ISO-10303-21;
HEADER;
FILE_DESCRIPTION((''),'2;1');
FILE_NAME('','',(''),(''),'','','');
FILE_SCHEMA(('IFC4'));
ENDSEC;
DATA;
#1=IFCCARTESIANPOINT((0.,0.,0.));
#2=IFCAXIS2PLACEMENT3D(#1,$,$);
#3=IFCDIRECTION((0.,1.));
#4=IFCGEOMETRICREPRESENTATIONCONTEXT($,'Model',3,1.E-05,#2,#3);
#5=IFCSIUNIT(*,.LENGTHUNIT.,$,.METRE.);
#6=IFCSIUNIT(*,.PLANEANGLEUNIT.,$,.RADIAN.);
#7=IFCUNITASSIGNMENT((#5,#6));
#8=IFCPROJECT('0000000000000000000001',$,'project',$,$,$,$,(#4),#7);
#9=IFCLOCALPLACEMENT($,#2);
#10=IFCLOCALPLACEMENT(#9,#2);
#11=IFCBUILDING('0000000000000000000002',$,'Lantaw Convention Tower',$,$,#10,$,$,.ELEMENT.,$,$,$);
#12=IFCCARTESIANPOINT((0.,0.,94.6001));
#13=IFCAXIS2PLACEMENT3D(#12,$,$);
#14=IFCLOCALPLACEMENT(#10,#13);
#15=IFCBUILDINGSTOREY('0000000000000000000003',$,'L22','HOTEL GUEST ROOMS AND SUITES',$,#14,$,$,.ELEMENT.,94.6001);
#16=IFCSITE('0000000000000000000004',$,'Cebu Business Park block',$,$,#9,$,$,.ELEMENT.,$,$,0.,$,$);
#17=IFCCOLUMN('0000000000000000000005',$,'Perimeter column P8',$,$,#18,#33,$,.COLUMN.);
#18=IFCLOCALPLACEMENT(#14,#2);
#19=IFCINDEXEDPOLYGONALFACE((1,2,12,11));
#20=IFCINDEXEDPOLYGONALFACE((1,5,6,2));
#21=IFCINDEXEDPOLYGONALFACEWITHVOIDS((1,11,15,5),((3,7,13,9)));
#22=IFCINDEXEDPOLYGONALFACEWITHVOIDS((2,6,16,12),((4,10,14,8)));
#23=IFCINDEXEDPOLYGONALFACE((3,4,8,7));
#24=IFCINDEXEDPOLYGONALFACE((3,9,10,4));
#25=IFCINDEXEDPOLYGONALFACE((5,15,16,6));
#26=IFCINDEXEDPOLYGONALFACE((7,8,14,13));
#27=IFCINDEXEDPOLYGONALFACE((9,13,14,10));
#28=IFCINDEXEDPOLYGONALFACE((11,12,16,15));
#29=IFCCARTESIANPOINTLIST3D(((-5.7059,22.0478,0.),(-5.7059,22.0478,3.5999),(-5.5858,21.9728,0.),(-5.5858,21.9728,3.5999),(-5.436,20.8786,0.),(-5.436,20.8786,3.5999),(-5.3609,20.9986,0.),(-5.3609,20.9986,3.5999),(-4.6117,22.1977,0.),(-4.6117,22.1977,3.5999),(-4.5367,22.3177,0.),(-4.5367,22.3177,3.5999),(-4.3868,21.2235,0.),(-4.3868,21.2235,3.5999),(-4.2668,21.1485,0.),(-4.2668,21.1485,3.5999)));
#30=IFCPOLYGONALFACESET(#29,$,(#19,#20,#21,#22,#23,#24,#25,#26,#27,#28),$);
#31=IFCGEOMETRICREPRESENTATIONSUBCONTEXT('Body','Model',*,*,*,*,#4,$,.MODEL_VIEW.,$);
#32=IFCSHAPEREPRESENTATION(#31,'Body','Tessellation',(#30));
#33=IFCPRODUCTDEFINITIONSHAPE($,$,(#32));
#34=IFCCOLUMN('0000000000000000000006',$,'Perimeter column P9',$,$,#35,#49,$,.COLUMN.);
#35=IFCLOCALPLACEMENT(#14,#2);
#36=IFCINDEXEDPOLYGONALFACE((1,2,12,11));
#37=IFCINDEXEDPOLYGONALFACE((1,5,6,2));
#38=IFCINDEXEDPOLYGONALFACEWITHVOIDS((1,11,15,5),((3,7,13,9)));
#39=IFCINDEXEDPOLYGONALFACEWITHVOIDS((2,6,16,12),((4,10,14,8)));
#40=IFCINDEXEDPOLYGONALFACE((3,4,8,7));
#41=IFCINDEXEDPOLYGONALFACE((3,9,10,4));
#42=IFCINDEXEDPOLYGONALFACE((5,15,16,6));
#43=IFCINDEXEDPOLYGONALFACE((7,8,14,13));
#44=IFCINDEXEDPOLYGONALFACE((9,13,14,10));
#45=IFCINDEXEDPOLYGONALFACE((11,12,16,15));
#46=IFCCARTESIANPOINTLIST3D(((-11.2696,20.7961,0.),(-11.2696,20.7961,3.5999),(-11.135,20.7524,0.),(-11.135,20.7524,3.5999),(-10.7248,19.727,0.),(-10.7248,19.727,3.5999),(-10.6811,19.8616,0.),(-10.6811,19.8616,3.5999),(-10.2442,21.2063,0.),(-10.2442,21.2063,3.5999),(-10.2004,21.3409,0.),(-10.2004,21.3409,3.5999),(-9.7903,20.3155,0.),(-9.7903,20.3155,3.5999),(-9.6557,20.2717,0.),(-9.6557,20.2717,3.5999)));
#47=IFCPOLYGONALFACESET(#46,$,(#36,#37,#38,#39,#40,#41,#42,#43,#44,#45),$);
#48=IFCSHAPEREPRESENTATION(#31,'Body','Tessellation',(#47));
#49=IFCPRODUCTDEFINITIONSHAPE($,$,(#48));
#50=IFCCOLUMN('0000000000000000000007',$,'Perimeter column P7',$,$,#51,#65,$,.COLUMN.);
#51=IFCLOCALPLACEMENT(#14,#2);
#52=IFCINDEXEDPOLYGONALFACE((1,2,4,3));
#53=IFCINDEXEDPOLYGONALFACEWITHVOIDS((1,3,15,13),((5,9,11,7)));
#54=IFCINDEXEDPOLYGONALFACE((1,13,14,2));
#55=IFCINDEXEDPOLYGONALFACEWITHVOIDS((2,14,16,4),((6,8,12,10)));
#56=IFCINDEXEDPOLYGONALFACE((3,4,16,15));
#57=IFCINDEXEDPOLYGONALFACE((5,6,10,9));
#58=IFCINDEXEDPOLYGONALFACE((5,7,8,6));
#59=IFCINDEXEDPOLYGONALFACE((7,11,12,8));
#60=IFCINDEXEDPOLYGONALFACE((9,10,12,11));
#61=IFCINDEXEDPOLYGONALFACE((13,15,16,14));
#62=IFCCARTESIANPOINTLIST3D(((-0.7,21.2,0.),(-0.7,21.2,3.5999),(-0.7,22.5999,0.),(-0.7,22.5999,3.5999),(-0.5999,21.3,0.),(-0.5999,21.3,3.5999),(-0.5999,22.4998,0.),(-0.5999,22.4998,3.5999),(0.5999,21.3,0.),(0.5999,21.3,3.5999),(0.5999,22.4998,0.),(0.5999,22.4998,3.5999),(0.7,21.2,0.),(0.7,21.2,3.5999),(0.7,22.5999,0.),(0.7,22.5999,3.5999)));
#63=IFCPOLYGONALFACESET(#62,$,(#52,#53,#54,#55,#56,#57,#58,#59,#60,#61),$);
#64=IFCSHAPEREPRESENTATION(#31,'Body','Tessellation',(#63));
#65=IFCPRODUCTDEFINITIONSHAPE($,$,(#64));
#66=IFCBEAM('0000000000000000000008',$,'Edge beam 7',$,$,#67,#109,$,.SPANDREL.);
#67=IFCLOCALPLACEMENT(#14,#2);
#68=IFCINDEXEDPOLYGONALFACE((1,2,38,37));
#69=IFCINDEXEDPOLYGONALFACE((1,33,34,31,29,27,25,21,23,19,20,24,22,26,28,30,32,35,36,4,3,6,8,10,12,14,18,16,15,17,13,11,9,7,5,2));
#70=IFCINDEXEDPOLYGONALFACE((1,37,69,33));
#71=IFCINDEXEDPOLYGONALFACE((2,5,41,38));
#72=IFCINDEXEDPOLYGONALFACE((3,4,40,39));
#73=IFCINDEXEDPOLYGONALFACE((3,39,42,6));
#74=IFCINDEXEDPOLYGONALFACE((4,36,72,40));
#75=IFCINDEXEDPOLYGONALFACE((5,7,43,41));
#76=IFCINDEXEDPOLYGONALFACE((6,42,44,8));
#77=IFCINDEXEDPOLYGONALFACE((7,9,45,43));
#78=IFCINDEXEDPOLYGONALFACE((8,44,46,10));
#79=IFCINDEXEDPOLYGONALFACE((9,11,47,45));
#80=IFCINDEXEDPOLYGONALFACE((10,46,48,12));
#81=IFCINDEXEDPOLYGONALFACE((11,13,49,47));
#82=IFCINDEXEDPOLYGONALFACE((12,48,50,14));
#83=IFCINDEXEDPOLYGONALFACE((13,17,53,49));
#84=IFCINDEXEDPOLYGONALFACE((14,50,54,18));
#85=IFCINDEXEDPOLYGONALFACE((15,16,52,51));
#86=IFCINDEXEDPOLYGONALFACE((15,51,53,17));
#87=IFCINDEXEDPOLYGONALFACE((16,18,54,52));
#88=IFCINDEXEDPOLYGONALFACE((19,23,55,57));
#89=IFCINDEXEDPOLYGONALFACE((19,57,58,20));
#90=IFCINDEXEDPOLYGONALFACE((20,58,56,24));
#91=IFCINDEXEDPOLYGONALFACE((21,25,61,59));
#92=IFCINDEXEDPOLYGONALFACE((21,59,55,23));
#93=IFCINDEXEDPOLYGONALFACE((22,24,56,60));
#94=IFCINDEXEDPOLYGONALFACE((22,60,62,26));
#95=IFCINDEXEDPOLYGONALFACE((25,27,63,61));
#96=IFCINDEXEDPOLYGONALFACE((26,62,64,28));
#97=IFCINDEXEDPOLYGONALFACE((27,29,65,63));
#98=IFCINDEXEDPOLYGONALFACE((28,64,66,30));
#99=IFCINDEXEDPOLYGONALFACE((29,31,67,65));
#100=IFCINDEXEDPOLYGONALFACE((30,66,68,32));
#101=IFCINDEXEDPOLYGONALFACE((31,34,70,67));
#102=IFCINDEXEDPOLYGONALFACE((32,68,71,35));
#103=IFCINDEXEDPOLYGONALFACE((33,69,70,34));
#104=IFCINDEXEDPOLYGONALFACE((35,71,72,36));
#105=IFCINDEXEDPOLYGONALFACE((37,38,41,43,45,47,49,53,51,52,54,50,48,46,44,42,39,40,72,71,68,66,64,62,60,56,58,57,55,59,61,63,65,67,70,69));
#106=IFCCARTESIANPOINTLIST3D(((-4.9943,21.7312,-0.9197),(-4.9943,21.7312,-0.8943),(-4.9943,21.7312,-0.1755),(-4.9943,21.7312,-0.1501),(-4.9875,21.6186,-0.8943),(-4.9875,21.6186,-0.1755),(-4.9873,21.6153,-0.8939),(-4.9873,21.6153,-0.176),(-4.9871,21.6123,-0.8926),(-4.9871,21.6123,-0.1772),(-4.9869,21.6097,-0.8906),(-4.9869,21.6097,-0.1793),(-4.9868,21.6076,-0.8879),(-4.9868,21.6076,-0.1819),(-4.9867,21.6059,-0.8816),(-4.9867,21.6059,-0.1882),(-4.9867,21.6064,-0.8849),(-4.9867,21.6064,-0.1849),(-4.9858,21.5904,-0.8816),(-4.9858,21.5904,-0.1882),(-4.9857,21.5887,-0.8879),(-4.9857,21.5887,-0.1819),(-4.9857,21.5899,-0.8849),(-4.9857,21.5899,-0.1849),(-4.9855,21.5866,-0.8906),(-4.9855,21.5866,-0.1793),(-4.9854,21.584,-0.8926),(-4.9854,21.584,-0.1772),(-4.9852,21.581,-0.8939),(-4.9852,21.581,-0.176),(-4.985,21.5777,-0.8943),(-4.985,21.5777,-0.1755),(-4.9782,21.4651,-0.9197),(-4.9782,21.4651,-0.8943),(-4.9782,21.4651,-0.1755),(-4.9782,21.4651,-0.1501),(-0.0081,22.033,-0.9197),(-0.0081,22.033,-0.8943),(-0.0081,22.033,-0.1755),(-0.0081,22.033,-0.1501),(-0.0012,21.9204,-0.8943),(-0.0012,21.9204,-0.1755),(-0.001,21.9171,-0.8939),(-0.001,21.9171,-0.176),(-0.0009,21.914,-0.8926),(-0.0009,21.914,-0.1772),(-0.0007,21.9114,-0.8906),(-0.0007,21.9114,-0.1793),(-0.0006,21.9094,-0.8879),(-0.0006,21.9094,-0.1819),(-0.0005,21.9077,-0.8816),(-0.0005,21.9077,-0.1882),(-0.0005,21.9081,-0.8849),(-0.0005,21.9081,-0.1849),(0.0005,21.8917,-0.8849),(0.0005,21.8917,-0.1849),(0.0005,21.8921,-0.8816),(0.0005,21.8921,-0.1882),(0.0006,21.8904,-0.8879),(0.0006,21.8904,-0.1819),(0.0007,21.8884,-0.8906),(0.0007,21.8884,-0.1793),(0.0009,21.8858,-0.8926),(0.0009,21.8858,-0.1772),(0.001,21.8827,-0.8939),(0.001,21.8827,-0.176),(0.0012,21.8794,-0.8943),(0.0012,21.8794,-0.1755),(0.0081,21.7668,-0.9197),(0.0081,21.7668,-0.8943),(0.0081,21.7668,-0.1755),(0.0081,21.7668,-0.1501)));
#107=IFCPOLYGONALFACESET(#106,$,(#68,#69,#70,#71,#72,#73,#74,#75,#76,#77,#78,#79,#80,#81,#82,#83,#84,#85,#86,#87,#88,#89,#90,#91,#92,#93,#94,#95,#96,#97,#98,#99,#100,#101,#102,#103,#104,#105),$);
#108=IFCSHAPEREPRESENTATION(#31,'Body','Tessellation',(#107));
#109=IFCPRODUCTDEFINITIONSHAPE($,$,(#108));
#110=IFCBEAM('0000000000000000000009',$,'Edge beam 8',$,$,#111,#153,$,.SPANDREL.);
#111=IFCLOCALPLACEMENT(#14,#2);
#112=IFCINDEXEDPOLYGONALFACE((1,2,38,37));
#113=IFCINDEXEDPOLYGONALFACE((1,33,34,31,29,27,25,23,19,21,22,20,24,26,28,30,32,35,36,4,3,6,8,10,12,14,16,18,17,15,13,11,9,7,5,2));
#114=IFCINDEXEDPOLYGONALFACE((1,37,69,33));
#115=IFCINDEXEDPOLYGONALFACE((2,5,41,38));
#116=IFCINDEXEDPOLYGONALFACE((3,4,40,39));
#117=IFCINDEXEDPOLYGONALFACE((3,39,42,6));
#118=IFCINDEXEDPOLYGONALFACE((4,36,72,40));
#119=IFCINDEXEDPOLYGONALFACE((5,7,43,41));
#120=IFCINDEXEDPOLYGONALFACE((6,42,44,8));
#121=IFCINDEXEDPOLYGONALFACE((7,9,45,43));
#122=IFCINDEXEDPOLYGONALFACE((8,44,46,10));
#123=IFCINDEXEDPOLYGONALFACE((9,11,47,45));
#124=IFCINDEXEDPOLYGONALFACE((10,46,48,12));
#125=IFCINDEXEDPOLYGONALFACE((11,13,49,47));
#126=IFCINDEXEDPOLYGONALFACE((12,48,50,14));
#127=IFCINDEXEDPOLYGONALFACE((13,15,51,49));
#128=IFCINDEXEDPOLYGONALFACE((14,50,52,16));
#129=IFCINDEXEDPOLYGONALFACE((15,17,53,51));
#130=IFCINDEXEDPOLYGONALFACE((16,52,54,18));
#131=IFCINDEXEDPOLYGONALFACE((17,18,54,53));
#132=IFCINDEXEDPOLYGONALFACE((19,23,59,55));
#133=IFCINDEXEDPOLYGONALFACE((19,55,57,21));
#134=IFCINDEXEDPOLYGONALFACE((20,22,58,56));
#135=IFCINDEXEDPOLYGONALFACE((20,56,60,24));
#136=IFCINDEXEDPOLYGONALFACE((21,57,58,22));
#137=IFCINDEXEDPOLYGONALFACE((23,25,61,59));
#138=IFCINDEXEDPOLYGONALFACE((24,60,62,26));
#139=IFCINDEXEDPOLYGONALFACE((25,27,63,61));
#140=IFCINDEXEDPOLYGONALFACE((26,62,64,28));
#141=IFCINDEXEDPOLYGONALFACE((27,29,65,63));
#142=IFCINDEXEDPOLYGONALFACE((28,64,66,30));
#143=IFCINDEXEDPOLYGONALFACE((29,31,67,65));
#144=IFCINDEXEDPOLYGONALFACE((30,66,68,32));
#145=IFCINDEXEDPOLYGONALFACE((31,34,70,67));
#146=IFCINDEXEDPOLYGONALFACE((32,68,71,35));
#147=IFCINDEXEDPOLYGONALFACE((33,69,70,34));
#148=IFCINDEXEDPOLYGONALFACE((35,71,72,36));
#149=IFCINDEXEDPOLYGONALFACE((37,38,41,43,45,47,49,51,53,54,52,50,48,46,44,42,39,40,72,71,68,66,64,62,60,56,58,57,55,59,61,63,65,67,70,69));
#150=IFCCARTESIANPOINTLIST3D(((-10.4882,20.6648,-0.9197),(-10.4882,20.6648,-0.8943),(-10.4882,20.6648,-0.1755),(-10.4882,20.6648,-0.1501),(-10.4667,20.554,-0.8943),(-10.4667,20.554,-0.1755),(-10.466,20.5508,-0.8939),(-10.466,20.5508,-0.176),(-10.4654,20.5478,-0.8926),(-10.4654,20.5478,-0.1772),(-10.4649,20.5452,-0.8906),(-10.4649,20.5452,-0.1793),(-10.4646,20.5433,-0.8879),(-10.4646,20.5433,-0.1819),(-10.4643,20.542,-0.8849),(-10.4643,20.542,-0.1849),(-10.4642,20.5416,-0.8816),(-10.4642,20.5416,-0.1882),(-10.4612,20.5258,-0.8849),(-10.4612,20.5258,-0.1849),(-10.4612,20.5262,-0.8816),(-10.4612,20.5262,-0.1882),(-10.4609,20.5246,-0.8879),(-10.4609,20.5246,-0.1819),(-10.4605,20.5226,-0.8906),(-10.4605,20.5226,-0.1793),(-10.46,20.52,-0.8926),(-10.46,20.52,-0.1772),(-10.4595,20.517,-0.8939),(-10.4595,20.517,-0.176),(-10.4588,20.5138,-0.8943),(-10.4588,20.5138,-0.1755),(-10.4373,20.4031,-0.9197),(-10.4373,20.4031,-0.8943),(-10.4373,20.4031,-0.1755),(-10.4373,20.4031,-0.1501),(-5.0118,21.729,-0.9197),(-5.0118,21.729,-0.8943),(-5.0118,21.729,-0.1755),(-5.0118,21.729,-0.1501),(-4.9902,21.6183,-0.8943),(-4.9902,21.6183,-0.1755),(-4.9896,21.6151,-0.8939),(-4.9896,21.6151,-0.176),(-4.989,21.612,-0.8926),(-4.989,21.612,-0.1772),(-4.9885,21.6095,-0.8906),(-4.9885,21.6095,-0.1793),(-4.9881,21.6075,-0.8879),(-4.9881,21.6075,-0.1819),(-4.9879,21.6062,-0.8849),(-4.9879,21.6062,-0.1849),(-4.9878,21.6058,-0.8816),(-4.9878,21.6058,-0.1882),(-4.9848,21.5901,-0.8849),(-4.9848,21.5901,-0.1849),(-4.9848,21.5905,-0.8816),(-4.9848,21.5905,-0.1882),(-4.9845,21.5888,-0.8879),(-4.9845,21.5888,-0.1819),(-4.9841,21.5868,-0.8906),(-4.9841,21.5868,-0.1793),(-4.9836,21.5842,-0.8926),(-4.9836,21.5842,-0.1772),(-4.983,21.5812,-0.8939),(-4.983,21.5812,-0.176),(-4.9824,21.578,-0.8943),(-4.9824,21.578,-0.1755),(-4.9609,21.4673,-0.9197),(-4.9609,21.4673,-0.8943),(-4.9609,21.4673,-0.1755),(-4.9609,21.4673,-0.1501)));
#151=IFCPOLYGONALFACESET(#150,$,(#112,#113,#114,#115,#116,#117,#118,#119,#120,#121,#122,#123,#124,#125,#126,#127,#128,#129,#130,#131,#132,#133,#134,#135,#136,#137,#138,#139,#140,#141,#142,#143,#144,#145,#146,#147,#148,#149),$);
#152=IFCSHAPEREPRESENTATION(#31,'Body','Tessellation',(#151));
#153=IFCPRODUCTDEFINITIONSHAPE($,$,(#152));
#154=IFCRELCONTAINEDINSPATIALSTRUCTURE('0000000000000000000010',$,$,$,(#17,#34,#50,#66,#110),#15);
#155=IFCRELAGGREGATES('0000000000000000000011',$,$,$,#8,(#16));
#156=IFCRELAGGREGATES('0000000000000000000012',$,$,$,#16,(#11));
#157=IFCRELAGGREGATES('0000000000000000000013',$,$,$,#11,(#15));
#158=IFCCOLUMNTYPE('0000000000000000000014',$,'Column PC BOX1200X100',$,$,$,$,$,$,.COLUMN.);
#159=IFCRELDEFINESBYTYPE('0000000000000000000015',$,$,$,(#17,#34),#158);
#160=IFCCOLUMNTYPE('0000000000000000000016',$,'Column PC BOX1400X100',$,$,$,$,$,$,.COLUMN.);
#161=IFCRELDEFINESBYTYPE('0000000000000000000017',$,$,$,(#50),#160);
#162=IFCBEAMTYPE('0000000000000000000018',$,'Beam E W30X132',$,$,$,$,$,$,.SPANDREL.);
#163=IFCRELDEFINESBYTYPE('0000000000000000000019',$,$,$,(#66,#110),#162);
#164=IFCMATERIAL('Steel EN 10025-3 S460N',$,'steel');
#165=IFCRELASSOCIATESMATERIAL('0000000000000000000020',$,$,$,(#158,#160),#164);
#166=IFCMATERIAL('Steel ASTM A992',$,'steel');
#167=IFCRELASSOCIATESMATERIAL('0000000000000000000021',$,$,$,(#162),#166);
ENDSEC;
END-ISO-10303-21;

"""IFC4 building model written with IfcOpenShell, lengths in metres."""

from ifc_helpers import new_model, si_unit, direction, frame, origin, origin_2d, place, context, subcontext, project, spatial, rectangle, hollow_rectangle, i_section, extrude, material, material_profile, profile_set, type_object, element, save


model = new_model("IFC4")

# Units and contexts
model_context = context("Model", 3, precision=1e-05, world=origin(), true_north=direction((0.0, 1.0)))
body_context = subcontext(model_context, "Body", "Model", "MODEL_VIEW")
ifc_project = project(units=[si_unit("LENGTHUNIT", "METRE"), si_unit("PLANEANGLEUNIT", "RADIAN")], contexts=[model_context])

# Site, building, storey
site_placement = place(None, origin())
site = spatial("IfcSite", under=ifc_project, at=site_placement, Name="Cebu Business Park block", CompositionType="ELEMENT", RefElevation=0.0)
building_placement = place(site_placement, origin())
building = spatial("IfcBuilding", under=site, at=building_placement, Name="Lantaw Convention Tower", CompositionType="ELEMENT")
storey_placement = place(building_placement, frame((0.0, 0.0, 94.6001)))
storey = spatial("IfcBuildingStorey", under=building, at=storey_placement, Name="L22", Description="HOTEL GUEST ROOMS AND SUITES", CompositionType="ELEMENT", Elevation=94.6001)

# Columns
ifc_material_1 = material(Name="Steel EN 10025-3 S460N", Category="steel")
ifc_material_profile_1 = material_profile(ifc_material_1, hollow_rectangle(XDim=1.2, YDim=1.2, WallThickness=0.1001, at=origin_2d()), Name="BOX1200X100")
ifc_material_2 = material(Name="Concrete C60/75", Category="concrete")
ifc_material_profile_2 = material_profile(ifc_material_2, rectangle(XDim=1.0, YDim=1.0, at=origin_2d()), Name="Concrete fill of BOX1200X100")
ifc_profile_set_1 = profile_set([ifc_material_profile_1, ifc_material_profile_2], Name="Steel EN 10025-3 S460N")
column_type_1 = type_object("IfcColumnType", Name="Column PC BOX1200X100", PredefinedType="COLUMN", material=ifc_profile_set_1)
for number, where, z_axis, x_axis, name in (
    (1, (-4.9863, 21.5981, 0.0), (0.0, 0.0, 1.0), (0.97437, 0.224951, 0.0), "Perimeter column P8"),
    (2, (-10.4626, 20.5339, 0.0), (0.0, 0.0, 1.0), (0.891007, 0.45399, 0.0), "Perimeter column P9"),
):
    element("IfcColumn", number, at=place(storey_placement, frame(where, z_axis=z_axis, x_axis=x_axis)), inside=storey, type_object=column_type_1, Name=name, PredefinedType="COLUMN", context=body_context, shape_type="SweptSolid", body=[
        extrude(hollow_rectangle(XDim=1.2, YDim=1.2, WallThickness=0.1001, at=origin_2d()), origin(), (0.0, 0.0, 1.0), 3.5999),
    ])
ifc_material_profile_3 = material_profile(ifc_material_1, hollow_rectangle(XDim=1.3999, YDim=1.3999, WallThickness=0.1001, at=origin_2d()), Name="BOX1400X100")
ifc_material_profile_4 = material_profile(ifc_material_2, rectangle(XDim=1.2, YDim=1.2, at=origin_2d()), Name="Concrete fill of BOX1400X100")
ifc_profile_set_2 = profile_set([ifc_material_profile_3, ifc_material_profile_4], Name="Steel EN 10025-3 S460N")
column_type_2 = type_object("IfcColumnType", Name="Column PC BOX1400X100", PredefinedType="COLUMN", material=ifc_profile_set_2)
column_placement = place(storey_placement, frame((0.0, 21.8999, 0.0), z_axis=(0.0, 0.0, 1.0), x_axis=(1.0, 0.0, 0.0)))
element("IfcColumn", 3, at=column_placement, inside=storey, type_object=column_type_2, Name="Perimeter column P7", PredefinedType="COLUMN", context=body_context, shape_type="SweptSolid", body=[
    extrude(hollow_rectangle(XDim=1.3999, YDim=1.3999, WallThickness=0.1001, at=origin_2d()), origin(), (0.0, 0.0, 1.0), 3.5999),
])

# Beams
ifc_material_3 = material(Name="Steel ASTM A992", Category="steel")
ifc_material_profile_5 = material_profile(ifc_material_3, i_section(OverallWidth=0.2666, OverallDepth=0.7695, WebThickness=0.0156, FlangeThickness=0.0254, FilletRadius=0.0127, at=origin_2d()), Name="W30X132")
ifc_profile_set_3 = profile_set([ifc_material_profile_5], Name="Steel ASTM A992")
beam_type = type_object("IfcBeamType", Name="Beam E W30X132", PredefinedType="SPANDREL", material=ifc_profile_set_3)
beam_1_placement = place(storey_placement, frame((0.0, 21.8999, -0.5349), z_axis=(-0.998174, -0.060407, 0.0), x_axis=(0.060407, -0.998174, 0.0)))
element("IfcBeam", 4, at=beam_1_placement, inside=storey, type_object=beam_type, Name="Edge beam 7", PredefinedType="SPANDREL", context=body_context, shape_type="SweptSolid", body=[
    extrude(i_section(OverallWidth=0.2666, OverallDepth=0.7695, WebThickness=0.0156, FlangeThickness=0.0254, FilletRadius=0.0127, at=origin_2d()), origin(), (0.0, 0.0, 1.0), 4.9954),
])
beam_2_placement = place(storey_placement, frame((-4.9863, 21.5981, -0.5349), z_axis=(-0.981637, -0.190761, 0.0), x_axis=(0.190761, -0.981637, 0.0)))
element("IfcBeam", 5, at=beam_2_placement, inside=storey, type_object=beam_type, Name="Edge beam 8", PredefinedType="SPANDREL", context=body_context, shape_type="SweptSolid", body=[
    extrude(i_section(OverallWidth=0.2666, OverallDepth=0.7695, WebThickness=0.0156, FlangeThickness=0.0254, FilletRadius=0.0127, at=origin_2d()), origin(), (0.0, 0.0, 1.0), 5.5789),
])

save(model, "model.ifc")
